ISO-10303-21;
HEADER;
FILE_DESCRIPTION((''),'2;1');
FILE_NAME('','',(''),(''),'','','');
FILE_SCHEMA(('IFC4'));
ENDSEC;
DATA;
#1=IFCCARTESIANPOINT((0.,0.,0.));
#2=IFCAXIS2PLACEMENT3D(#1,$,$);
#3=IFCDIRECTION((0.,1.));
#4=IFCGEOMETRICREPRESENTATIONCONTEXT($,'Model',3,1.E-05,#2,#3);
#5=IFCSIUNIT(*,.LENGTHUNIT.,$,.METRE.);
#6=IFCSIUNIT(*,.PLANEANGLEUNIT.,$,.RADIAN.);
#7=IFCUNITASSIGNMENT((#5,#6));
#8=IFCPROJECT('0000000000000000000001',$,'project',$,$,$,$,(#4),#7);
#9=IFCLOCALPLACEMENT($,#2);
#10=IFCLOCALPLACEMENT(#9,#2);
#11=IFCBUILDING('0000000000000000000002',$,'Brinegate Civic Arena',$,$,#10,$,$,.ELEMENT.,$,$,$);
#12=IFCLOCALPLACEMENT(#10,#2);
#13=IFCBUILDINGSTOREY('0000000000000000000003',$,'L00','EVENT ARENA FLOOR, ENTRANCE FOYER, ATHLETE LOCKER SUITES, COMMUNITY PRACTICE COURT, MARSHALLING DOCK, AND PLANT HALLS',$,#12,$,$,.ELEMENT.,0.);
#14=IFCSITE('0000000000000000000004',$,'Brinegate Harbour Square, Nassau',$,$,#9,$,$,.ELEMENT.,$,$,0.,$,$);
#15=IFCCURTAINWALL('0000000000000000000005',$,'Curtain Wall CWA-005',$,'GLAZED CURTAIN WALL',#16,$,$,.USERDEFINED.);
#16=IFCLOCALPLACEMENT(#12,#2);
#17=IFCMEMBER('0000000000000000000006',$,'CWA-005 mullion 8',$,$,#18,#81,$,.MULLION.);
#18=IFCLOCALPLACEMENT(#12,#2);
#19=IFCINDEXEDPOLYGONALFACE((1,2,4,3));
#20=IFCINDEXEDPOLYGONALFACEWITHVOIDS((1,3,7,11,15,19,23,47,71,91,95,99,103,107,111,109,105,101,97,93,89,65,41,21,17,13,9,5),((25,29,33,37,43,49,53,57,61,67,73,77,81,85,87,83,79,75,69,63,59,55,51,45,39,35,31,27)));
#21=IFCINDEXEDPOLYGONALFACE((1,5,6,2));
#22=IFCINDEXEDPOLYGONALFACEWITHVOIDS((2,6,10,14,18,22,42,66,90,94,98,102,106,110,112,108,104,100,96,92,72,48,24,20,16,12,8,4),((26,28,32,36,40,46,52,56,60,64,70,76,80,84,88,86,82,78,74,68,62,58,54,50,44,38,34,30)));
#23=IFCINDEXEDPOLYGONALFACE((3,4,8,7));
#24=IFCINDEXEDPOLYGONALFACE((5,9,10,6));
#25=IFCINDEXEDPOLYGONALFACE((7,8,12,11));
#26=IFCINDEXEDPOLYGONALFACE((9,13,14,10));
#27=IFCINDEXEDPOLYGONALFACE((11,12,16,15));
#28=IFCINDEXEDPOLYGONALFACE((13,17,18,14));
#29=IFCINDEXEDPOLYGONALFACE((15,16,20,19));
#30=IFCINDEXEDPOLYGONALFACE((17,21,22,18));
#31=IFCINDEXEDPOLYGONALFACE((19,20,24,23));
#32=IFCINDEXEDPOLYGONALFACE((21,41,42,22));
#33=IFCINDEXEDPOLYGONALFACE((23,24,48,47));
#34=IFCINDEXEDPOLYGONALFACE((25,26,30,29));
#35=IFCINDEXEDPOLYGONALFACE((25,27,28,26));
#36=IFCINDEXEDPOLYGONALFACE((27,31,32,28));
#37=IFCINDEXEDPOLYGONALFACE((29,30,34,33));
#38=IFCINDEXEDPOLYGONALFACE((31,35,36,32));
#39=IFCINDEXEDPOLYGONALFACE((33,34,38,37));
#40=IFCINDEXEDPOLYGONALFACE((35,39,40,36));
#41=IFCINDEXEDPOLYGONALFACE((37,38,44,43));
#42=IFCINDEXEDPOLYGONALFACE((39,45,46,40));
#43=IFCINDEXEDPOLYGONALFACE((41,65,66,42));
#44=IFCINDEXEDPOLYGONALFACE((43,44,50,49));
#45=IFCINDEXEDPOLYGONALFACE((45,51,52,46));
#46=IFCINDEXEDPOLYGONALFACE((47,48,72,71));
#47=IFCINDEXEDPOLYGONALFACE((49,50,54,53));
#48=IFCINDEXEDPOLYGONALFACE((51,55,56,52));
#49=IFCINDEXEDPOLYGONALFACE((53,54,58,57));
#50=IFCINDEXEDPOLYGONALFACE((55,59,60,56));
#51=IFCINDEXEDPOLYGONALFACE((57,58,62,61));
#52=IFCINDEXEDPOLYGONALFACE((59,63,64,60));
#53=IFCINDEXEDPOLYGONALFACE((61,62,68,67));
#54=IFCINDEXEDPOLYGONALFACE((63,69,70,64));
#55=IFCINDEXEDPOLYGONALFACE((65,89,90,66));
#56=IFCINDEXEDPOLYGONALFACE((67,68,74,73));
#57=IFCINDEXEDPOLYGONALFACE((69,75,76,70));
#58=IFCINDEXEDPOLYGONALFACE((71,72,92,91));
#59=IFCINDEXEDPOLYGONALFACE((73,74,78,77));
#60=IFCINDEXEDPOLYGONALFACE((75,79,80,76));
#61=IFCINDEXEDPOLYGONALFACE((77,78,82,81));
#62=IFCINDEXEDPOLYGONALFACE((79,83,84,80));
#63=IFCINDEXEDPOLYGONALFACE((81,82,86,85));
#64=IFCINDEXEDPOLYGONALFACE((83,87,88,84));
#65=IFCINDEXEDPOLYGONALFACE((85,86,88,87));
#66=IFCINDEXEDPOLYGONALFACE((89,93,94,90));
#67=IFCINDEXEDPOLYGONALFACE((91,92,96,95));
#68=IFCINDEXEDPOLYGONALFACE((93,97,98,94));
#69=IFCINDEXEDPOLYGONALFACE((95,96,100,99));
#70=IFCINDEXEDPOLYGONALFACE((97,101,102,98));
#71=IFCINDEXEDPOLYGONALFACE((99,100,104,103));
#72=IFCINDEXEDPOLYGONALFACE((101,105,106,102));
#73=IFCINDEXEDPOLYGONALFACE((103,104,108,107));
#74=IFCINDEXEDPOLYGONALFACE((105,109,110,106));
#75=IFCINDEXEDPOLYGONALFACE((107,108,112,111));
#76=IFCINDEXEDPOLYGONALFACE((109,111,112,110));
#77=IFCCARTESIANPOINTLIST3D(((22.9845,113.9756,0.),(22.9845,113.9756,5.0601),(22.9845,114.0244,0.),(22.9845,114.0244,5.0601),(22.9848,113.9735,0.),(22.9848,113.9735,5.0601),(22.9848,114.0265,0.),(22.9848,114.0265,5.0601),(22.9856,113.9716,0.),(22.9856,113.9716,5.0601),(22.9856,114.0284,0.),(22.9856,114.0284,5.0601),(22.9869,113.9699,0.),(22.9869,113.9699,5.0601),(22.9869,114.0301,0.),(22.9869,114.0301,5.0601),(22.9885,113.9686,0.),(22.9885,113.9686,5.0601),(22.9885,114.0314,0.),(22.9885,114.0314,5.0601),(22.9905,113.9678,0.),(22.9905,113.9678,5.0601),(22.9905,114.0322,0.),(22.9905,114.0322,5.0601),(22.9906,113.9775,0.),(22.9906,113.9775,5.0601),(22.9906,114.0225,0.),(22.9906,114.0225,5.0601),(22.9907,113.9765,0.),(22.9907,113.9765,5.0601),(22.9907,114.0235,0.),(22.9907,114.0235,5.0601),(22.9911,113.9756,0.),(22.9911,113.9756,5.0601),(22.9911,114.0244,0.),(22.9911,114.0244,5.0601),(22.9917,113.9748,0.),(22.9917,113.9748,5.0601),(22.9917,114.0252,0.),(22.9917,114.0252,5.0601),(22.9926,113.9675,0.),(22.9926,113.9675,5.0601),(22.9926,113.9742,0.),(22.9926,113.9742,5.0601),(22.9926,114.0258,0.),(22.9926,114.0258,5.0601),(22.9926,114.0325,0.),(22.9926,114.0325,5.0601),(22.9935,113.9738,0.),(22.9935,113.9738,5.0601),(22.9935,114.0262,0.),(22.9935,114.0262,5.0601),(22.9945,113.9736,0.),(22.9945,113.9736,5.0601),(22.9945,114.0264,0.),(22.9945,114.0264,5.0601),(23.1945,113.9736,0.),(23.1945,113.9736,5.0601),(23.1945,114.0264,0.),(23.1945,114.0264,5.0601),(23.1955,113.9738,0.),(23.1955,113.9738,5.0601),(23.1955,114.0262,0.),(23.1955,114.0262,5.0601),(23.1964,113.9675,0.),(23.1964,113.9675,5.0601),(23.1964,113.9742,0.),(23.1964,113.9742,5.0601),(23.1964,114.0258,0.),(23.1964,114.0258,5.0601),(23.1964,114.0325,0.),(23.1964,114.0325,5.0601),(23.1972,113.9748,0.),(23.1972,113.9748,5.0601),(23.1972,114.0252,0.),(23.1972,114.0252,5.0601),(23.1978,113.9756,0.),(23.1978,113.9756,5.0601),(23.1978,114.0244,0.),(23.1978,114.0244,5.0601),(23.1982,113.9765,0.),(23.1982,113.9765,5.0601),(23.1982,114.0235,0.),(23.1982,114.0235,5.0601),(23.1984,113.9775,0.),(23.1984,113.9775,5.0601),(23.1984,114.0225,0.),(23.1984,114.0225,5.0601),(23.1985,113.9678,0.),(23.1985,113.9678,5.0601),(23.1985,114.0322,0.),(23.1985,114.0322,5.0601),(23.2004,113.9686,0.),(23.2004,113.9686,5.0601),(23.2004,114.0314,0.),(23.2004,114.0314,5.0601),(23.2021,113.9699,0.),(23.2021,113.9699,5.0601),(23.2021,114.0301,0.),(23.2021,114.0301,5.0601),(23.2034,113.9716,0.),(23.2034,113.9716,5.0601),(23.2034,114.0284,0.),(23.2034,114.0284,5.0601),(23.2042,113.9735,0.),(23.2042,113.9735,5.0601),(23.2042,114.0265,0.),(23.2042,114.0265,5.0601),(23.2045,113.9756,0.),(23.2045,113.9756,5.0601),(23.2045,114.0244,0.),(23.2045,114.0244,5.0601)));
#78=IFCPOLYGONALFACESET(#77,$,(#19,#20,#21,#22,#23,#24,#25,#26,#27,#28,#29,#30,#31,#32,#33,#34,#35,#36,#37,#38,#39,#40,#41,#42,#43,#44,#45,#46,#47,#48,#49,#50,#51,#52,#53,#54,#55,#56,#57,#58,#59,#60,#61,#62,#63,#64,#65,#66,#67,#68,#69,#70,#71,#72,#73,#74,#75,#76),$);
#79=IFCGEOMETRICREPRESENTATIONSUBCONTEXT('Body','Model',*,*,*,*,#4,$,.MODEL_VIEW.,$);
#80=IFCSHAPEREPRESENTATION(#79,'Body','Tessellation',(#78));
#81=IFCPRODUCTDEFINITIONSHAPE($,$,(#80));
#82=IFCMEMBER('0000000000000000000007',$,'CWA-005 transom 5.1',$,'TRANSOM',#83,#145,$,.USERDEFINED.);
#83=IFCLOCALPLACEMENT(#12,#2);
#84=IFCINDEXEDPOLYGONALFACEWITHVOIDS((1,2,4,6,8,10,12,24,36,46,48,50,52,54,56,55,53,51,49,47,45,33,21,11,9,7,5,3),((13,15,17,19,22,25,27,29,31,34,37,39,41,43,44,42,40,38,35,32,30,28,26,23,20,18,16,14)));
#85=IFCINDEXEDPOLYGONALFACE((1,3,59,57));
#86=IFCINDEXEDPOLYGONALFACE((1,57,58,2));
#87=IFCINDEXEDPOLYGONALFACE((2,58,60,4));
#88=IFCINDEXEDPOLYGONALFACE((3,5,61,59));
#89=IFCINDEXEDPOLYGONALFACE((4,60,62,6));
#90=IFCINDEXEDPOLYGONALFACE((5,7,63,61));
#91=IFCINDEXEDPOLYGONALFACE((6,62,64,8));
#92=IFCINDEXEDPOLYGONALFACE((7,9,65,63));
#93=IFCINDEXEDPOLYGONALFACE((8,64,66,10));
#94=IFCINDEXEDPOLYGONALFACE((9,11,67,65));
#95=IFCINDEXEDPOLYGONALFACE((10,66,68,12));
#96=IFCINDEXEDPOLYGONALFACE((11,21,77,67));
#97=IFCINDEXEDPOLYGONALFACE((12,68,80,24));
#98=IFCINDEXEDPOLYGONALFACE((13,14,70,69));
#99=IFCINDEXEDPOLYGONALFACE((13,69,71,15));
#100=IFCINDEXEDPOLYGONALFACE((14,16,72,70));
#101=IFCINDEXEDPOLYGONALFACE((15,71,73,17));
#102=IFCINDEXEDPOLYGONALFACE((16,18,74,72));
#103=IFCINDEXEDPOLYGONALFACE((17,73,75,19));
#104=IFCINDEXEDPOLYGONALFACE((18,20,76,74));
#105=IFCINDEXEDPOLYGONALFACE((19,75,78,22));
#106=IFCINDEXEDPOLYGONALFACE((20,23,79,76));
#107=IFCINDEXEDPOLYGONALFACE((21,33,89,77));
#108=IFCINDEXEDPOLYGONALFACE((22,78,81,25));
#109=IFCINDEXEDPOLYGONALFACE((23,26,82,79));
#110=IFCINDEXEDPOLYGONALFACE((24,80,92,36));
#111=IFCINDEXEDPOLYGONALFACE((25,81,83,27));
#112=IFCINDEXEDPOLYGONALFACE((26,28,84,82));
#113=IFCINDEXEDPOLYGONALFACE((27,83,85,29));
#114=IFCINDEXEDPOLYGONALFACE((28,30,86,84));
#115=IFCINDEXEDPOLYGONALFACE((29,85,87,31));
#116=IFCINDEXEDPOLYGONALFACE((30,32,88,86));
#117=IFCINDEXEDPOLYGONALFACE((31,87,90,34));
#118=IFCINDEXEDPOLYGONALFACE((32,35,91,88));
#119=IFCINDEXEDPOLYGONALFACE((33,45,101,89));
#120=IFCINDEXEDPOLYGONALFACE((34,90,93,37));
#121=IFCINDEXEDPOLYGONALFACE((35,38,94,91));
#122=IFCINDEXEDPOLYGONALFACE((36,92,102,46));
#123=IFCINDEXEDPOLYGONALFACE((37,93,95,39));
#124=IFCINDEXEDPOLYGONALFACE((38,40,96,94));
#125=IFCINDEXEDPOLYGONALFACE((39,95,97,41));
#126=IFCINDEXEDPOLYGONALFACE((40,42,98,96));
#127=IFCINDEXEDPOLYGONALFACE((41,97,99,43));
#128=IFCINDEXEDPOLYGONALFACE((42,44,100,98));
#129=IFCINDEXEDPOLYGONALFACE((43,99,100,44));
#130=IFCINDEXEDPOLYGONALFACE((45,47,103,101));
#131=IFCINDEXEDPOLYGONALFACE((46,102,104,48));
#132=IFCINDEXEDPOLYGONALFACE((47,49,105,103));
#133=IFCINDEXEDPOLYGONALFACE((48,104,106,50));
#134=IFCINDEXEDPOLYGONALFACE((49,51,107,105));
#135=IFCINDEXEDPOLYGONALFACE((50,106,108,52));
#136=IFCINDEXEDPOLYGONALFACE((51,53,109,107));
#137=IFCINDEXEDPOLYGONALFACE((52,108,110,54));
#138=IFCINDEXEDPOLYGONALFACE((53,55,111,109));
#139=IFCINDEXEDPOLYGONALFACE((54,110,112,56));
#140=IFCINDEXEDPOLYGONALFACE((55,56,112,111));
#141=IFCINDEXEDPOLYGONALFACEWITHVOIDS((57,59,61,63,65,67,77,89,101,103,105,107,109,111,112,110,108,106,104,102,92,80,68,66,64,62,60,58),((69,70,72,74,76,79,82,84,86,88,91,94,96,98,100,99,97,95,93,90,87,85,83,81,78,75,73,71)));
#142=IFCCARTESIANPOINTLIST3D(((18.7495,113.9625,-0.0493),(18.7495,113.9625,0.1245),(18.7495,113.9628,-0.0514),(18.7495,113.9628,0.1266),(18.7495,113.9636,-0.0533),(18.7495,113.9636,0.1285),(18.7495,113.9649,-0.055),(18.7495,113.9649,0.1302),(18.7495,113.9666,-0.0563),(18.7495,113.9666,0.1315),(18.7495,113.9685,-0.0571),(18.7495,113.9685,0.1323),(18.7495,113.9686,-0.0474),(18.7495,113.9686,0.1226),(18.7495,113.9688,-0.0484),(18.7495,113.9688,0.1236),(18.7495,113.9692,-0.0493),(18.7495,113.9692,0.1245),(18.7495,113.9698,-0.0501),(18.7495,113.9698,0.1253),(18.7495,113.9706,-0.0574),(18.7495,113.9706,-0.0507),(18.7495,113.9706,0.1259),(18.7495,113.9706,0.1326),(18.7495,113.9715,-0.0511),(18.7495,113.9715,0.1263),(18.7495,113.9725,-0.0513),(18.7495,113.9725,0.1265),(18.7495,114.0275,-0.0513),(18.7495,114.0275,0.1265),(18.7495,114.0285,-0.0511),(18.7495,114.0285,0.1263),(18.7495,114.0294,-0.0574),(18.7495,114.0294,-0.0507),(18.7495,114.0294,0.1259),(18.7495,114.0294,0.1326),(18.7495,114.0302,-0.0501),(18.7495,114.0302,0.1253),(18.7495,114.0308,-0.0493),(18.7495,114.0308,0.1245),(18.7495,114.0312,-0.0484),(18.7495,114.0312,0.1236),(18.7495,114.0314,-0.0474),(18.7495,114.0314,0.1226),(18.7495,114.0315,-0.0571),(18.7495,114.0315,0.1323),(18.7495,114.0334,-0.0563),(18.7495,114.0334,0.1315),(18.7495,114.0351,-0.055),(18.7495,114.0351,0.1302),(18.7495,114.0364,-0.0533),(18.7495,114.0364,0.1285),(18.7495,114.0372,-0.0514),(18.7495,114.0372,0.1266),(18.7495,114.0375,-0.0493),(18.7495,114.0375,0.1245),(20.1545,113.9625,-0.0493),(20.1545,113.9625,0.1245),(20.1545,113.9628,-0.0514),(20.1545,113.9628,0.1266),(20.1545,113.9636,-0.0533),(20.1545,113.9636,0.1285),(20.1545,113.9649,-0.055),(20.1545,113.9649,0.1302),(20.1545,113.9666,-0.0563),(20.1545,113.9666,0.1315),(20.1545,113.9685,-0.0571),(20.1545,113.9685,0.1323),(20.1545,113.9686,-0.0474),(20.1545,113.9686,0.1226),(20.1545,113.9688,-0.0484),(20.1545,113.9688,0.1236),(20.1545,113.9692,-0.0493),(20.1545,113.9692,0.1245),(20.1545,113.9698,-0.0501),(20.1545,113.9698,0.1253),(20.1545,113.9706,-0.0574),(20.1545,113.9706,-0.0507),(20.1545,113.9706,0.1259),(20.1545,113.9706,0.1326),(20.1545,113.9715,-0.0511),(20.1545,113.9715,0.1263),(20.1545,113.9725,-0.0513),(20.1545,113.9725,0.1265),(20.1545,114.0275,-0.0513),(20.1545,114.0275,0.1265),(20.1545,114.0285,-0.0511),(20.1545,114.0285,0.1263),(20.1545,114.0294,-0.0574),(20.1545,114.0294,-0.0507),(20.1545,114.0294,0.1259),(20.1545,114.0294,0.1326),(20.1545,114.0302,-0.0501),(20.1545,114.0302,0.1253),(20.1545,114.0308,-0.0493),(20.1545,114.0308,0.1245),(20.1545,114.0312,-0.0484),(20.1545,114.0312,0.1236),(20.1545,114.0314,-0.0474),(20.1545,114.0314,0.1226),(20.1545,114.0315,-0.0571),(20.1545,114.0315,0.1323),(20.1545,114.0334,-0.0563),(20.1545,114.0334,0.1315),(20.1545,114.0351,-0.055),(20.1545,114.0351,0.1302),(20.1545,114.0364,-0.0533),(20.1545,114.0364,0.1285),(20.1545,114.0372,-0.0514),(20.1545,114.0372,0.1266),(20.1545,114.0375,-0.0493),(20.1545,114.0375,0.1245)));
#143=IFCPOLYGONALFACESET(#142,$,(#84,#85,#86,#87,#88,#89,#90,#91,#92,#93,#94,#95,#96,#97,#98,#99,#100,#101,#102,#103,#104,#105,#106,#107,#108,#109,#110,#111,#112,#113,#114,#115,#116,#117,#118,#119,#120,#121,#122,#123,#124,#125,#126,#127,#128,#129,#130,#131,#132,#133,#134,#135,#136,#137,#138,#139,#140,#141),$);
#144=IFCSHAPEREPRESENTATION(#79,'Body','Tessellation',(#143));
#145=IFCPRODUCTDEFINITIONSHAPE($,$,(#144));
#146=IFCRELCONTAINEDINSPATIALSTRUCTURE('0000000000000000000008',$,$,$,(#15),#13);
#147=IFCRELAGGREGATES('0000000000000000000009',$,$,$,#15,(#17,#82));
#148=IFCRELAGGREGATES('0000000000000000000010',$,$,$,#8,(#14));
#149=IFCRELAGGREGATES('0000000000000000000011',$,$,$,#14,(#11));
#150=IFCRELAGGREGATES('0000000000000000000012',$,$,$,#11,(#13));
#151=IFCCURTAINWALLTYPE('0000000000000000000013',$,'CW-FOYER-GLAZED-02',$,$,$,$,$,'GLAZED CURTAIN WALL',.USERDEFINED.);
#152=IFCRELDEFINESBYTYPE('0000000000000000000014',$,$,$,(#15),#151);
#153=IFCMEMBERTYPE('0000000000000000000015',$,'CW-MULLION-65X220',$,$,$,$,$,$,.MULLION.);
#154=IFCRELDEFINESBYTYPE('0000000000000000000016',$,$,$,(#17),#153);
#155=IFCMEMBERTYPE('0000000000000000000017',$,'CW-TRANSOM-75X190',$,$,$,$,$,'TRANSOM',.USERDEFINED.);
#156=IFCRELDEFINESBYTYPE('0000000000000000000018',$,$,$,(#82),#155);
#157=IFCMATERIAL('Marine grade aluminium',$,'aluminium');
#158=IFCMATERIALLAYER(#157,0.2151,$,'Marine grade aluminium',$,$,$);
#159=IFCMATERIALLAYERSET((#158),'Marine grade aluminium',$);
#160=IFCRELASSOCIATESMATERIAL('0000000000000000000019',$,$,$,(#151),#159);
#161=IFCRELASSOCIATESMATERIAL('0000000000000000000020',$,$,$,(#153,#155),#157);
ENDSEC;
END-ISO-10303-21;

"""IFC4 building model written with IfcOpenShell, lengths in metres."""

from ifc_helpers import new_model, si_unit, direction, frame, origin, origin_2d, place, context, subcontext, project, spatial, hollow_rectangle, extrude, material, layer, layer_set, material_profile, profile_set, type_object, element, aggregate, save


model = new_model("IFC4")

# Units and contexts
model_context = context("Model", 3, precision=1e-05, world=origin(), true_north=direction((0.0, 1.0)))
body_context = subcontext(model_context, "Body", "Model", "MODEL_VIEW")
ifc_project = project(units=[si_unit("LENGTHUNIT", "METRE"), si_unit("PLANEANGLEUNIT", "RADIAN")], contexts=[model_context])

# Site, building, storey
site_placement = place(None, origin())
site = spatial("IfcSite", under=ifc_project, at=site_placement, Name="Brinegate Harbour Square, Nassau", CompositionType="ELEMENT", RefElevation=0.0)
building_placement = place(site_placement, origin())
building = spatial("IfcBuilding", under=site, at=building_placement, Name="Brinegate Civic Arena", CompositionType="ELEMENT")
storey_placement = place(building_placement, origin())
storey = spatial("IfcBuildingStorey", under=building, at=storey_placement, Name="L00", Description="EVENT ARENA FLOOR, ENTRANCE FOYER, ATHLETE LOCKER SUITES, COMMUNITY PRACTICE COURT, MARSHALLING DOCK, AND PLANT HALLS", CompositionType="ELEMENT", Elevation=0.0)

# Curtain wall, members
ifc_material_1 = material(Name="Marine grade aluminium", Category="aluminium")
ifc_layer_1 = layer(ifc_material_1, 0.2151, Name="Marine grade aluminium")
ifc_layer_set_1 = layer_set([ifc_layer_1], Name="Marine grade aluminium")
curtain_wall_type = type_object("IfcCurtainWallType", Name="CW-FOYER-GLAZED-02", ElementType="GLAZED CURTAIN WALL", PredefinedType="USERDEFINED", material=ifc_layer_set_1)
curtain_wall_placement = place(storey_placement, origin())
curtain_wall = element("IfcCurtainWall", 1, at=curtain_wall_placement, inside=storey, type_object=curtain_wall_type, Name="Curtain Wall CWA-005", ObjectType="GLAZED CURTAIN WALL", PredefinedType="USERDEFINED")
ifc_material_profile_1 = material_profile(ifc_material_1, hollow_rectangle(XDim=0.0649, YDim=0.22, WallThickness=0.0061, InnerFilletRadius=0.0039, OuterFilletRadius=0.0081, at=origin_2d()), Name="MUL65X220")
ifc_profile_set_1 = profile_set([ifc_material_profile_1], Name="Marine grade aluminium")
member_type_1 = type_object("IfcMemberType", Name="CW-MULLION-65X220", PredefinedType="MULLION", material=ifc_profile_set_1)
member_1_placement = place(storey_placement, frame((23.0945, 114.0, 0.0), z_axis=(0.0, 0.0, 1.0), x_axis=(0.0, 1.0, 0.0)))
member_1 = element("IfcMember", 2, at=member_1_placement, type_object=member_type_1, Name="CWA-005 mullion 8", PredefinedType="MULLION", context=body_context, shape_type="SweptSolid", body=[
    extrude(hollow_rectangle(XDim=0.0649, YDim=0.22, WallThickness=0.0061, InnerFilletRadius=0.0039, OuterFilletRadius=0.0081, at=origin_2d()), origin(), (0.0, 0.0, 1.0), 5.0601),
])
ifc_material_profile_2 = material_profile(ifc_material_1, hollow_rectangle(XDim=0.075, YDim=0.1899, WallThickness=0.0061, InnerFilletRadius=0.0039, OuterFilletRadius=0.0081, at=origin_2d()), Name="TRN75X190")
ifc_profile_set_2 = profile_set([ifc_material_profile_2], Name="Marine grade aluminium")
member_type_2 = type_object("IfcMemberType", Name="CW-TRANSOM-75X190", ElementType="TRANSOM", PredefinedType="USERDEFINED", material=ifc_profile_set_2)
member_2_placement = place(storey_placement, frame((18.7495, 114.0, 0.0376), z_axis=(1.0, 0.0, 0.0), x_axis=(0.0, 1.0, 0.0)))
member_2 = element("IfcMember", 3, at=member_2_placement, type_object=member_type_2, Name="CWA-005 transom 5.1", ObjectType="TRANSOM", PredefinedType="USERDEFINED", context=body_context, shape_type="SweptSolid", body=[
    extrude(hollow_rectangle(XDim=0.075, YDim=0.1899, WallThickness=0.0061, InnerFilletRadius=0.0039, OuterFilletRadius=0.0081, at=origin_2d()), origin(), (0.0, 0.0, 1.0), 1.405),
])

aggregate(curtain_wall, [member_1, member_2])

save(model, "model.ifc")
